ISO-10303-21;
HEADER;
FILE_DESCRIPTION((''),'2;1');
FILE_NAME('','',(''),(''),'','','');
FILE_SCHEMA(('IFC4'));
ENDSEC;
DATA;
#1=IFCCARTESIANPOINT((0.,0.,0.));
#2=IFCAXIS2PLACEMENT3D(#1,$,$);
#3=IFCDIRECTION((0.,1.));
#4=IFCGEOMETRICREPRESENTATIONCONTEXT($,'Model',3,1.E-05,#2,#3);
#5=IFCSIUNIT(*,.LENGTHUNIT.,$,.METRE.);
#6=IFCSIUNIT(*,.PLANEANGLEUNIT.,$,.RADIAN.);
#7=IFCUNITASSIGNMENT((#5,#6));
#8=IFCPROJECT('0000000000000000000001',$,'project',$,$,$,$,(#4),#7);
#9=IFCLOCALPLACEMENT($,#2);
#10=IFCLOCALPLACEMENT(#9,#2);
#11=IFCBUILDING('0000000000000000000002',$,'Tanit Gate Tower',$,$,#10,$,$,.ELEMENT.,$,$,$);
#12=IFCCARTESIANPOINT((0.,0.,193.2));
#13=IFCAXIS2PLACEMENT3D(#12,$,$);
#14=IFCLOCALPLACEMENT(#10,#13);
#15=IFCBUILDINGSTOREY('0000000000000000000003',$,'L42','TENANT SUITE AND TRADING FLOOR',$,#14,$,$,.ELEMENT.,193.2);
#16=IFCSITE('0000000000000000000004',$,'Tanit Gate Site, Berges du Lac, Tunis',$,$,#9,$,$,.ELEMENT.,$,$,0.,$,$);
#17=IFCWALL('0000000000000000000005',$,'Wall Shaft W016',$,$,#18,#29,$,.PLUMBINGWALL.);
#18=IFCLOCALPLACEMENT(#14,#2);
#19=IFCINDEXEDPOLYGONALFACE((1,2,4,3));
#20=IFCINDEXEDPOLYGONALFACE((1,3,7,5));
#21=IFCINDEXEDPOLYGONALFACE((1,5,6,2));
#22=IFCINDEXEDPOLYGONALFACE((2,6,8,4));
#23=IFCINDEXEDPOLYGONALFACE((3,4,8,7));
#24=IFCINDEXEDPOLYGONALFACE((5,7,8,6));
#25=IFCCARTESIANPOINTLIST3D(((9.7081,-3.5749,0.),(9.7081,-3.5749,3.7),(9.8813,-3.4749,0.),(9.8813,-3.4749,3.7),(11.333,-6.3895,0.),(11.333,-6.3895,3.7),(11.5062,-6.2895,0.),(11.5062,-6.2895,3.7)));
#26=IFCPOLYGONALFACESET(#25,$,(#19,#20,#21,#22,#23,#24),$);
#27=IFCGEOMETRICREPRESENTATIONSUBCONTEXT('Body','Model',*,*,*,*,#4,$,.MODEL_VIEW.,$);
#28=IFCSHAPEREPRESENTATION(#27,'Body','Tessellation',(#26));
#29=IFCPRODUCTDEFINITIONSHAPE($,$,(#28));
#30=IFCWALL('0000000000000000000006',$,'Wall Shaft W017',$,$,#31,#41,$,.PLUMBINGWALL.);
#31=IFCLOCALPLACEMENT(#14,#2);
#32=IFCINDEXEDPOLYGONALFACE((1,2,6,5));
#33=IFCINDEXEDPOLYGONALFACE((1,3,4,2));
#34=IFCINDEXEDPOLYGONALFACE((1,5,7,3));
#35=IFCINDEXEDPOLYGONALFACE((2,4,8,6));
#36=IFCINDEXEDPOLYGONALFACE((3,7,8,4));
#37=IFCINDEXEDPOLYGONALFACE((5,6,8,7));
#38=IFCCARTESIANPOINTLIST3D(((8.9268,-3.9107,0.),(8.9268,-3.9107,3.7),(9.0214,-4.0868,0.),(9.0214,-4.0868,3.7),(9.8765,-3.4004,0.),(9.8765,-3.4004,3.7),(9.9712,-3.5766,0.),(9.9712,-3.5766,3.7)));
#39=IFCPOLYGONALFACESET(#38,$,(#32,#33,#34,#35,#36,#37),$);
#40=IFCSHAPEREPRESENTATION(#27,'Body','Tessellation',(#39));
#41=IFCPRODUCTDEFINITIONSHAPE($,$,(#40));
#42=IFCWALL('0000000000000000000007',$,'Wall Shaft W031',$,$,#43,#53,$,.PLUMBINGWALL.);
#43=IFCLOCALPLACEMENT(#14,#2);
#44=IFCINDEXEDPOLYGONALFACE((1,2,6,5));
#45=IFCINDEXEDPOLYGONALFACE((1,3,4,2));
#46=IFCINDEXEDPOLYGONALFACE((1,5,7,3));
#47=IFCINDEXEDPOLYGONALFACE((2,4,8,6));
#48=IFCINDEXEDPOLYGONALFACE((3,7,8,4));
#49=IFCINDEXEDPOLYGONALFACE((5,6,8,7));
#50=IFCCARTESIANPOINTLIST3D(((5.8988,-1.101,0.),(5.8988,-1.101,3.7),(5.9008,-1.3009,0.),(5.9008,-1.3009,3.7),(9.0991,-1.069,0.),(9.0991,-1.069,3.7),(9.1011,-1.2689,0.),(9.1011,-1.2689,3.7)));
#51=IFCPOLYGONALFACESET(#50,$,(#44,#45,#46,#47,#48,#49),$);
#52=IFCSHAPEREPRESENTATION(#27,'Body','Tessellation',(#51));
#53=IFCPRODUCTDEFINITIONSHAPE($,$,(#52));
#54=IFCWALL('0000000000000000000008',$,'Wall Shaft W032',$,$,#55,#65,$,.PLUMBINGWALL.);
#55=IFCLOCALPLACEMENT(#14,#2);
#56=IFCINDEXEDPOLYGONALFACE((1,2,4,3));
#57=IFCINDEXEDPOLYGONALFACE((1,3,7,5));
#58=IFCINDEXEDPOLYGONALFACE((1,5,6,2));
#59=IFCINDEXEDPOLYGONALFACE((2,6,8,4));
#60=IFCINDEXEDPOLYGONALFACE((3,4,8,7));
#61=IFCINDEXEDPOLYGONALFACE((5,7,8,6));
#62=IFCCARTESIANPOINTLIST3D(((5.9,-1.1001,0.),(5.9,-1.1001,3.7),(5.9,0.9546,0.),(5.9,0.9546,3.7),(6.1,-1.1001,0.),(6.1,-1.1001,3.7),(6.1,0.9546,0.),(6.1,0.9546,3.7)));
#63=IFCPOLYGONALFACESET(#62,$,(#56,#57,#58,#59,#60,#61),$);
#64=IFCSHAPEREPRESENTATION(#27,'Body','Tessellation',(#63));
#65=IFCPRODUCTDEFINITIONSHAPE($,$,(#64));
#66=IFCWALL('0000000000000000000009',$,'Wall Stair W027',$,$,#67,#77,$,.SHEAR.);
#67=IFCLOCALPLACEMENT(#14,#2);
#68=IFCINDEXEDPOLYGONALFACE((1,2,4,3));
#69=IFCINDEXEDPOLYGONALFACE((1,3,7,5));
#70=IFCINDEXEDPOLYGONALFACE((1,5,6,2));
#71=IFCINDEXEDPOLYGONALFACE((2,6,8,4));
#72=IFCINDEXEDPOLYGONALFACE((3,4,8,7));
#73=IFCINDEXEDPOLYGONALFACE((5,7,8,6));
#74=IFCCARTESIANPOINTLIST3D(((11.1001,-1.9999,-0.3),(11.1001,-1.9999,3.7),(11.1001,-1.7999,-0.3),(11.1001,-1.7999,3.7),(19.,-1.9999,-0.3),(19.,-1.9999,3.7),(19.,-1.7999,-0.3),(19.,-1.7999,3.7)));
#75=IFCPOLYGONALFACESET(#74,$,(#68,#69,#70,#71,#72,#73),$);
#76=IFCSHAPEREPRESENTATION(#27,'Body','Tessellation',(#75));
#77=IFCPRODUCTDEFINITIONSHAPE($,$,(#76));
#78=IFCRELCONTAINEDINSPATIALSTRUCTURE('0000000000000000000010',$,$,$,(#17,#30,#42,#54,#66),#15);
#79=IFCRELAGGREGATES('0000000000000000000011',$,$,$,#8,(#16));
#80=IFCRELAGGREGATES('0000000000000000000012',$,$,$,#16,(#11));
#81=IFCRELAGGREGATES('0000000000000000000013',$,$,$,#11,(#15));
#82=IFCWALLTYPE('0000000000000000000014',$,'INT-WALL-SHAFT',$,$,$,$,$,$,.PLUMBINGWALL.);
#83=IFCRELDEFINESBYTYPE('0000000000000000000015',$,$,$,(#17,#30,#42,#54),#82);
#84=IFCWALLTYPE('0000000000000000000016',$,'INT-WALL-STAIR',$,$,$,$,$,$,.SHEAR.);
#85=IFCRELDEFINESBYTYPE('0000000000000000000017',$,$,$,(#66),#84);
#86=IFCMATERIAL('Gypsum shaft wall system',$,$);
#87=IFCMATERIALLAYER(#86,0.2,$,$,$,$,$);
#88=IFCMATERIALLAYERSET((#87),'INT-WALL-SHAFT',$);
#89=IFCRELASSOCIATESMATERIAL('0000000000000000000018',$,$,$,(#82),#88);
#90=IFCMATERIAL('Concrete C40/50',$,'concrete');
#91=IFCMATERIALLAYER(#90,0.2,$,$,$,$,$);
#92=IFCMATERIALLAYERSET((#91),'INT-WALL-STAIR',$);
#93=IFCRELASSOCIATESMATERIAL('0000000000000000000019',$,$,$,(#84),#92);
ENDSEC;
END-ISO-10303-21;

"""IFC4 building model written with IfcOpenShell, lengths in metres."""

from ifc_helpers import new_model, si_unit, direction, frame, frame_2d, origin, place, context, subcontext, project, spatial, rectangle, extrude, material, layer, layer_set, type_object, element, save


model = new_model("IFC4")

# Units and contexts
model_context = context("Model", 3, precision=1e-05, world=origin(), true_north=direction((0.0, 1.0)))
body_context = subcontext(model_context, "Body", "Model", "MODEL_VIEW")
ifc_project = project(units=[si_unit("LENGTHUNIT", "METRE"), si_unit("PLANEANGLEUNIT", "RADIAN")], contexts=[model_context])

# Site, building, storey
site_placement = place(None, origin())
site = spatial("IfcSite", under=ifc_project, at=site_placement, Name="Tanit Gate Site, Berges du Lac, Tunis", CompositionType="ELEMENT", RefElevation=0.0)
building_placement = place(site_placement, origin())
building = spatial("IfcBuilding", under=site, at=building_placement, Name="Tanit Gate Tower", CompositionType="ELEMENT")
storey_placement = place(building_placement, frame((0.0, 0.0, 193.2)))
storey = spatial("IfcBuildingStorey", under=building, at=storey_placement, Name="L42", Description="TENANT SUITE AND TRADING FLOOR", CompositionType="ELEMENT", Elevation=193.2)

# Walls
ifc_material_1 = material(Name="Gypsum shaft wall system")
ifc_layer_1 = layer(ifc_material_1, 0.2)
ifc_layer_set_1 = layer_set([ifc_layer_1], Name="INT-WALL-SHAFT")
wall_type_1 = type_object("IfcWallType", Name="INT-WALL-SHAFT", PredefinedType="PLUMBINGWALL", material=ifc_layer_set_1)
wall_1_placement = place(storey_placement, frame((9.7947, -3.5249, 0.0), z_axis=(0.0, 0.0, 1.0), x_axis=(0.499985, -0.866034, 0.0)))
element("IfcWall", 1, at=wall_1_placement, inside=storey, type_object=wall_type_1, Name="Wall Shaft W016", PredefinedType="PLUMBINGWALL", context=body_context, shape_type="SweptSolid", body=[
    extrude(rectangle(XDim=3.25, YDim=0.2, at=frame_2d((1.625, 0.0))), origin(), (0.0, 0.0, 1.0), 3.7),
])
wall_2_placement = place(storey_placement, frame((8.9741, -3.9988, 0.0), z_axis=(0.0, 0.0, 1.0), x_axis=(0.880907, 0.473289, 0.0)))
element("IfcWall", 2, at=wall_2_placement, inside=storey, type_object=wall_type_1, Name="Wall Shaft W017", PredefinedType="PLUMBINGWALL", context=body_context, shape_type="SweptSolid", body=[
    extrude(rectangle(XDim=1.0781, YDim=0.2, at=frame_2d((0.5391, 0.0))), origin(), (0.0, 0.0, 1.0), 3.7),
])
wall_3_placement = place(storey_placement, frame((5.8999, -1.2009, 0.0), z_axis=(0.0, 0.0, 1.0), x_axis=(0.99995, 0.009993, 0.0)))
element("IfcWall", 3, at=wall_3_placement, inside=storey, type_object=wall_type_1, Name="Wall Shaft W031", PredefinedType="PLUMBINGWALL", context=body_context, shape_type="SweptSolid", body=[
    extrude(rectangle(XDim=3.2004, YDim=0.2, at=frame_2d((1.6001, 0.0))), origin(), (0.0, 0.0, 1.0), 3.7),
])
wall_4_placement = place(storey_placement, frame((6.0, -1.1001, 0.0), z_axis=(0.0, 0.0, 1.0), x_axis=(0.0, 1.0, 0.0)))
element("IfcWall", 4, at=wall_4_placement, inside=storey, type_object=wall_type_1, Name="Wall Shaft W032", PredefinedType="PLUMBINGWALL", context=body_context, shape_type="SweptSolid", body=[
    extrude(rectangle(XDim=2.0547, YDim=0.2, at=frame_2d((1.0273, 0.0))), origin(), (0.0, 0.0, 1.0), 3.7),
])
ifc_material_2 = material(Name="Concrete C40/50", Category="concrete")
ifc_layer_2 = layer(ifc_material_2, 0.2)
ifc_layer_set_2 = layer_set([ifc_layer_2], Name="INT-WALL-STAIR")
wall_type_2 = type_object("IfcWallType", Name="INT-WALL-STAIR", PredefinedType="SHEAR", material=ifc_layer_set_2)
wall_5_placement = place(storey_placement, frame((11.1001, -1.8999, -0.3), z_axis=(0.0, 0.0, 1.0), x_axis=(1.0, 0.0, 0.0)))
element("IfcWall", 5, at=wall_5_placement, inside=storey, type_object=wall_type_2, Name="Wall Stair W027", PredefinedType="SHEAR", context=body_context, shape_type="SweptSolid", body=[
    extrude(rectangle(XDim=7.8999, YDim=0.2, at=frame_2d((3.95, 0.0))), origin(), (0.0, 0.0, 1.0), 4.0),
])

save(model, "model.ifc")
